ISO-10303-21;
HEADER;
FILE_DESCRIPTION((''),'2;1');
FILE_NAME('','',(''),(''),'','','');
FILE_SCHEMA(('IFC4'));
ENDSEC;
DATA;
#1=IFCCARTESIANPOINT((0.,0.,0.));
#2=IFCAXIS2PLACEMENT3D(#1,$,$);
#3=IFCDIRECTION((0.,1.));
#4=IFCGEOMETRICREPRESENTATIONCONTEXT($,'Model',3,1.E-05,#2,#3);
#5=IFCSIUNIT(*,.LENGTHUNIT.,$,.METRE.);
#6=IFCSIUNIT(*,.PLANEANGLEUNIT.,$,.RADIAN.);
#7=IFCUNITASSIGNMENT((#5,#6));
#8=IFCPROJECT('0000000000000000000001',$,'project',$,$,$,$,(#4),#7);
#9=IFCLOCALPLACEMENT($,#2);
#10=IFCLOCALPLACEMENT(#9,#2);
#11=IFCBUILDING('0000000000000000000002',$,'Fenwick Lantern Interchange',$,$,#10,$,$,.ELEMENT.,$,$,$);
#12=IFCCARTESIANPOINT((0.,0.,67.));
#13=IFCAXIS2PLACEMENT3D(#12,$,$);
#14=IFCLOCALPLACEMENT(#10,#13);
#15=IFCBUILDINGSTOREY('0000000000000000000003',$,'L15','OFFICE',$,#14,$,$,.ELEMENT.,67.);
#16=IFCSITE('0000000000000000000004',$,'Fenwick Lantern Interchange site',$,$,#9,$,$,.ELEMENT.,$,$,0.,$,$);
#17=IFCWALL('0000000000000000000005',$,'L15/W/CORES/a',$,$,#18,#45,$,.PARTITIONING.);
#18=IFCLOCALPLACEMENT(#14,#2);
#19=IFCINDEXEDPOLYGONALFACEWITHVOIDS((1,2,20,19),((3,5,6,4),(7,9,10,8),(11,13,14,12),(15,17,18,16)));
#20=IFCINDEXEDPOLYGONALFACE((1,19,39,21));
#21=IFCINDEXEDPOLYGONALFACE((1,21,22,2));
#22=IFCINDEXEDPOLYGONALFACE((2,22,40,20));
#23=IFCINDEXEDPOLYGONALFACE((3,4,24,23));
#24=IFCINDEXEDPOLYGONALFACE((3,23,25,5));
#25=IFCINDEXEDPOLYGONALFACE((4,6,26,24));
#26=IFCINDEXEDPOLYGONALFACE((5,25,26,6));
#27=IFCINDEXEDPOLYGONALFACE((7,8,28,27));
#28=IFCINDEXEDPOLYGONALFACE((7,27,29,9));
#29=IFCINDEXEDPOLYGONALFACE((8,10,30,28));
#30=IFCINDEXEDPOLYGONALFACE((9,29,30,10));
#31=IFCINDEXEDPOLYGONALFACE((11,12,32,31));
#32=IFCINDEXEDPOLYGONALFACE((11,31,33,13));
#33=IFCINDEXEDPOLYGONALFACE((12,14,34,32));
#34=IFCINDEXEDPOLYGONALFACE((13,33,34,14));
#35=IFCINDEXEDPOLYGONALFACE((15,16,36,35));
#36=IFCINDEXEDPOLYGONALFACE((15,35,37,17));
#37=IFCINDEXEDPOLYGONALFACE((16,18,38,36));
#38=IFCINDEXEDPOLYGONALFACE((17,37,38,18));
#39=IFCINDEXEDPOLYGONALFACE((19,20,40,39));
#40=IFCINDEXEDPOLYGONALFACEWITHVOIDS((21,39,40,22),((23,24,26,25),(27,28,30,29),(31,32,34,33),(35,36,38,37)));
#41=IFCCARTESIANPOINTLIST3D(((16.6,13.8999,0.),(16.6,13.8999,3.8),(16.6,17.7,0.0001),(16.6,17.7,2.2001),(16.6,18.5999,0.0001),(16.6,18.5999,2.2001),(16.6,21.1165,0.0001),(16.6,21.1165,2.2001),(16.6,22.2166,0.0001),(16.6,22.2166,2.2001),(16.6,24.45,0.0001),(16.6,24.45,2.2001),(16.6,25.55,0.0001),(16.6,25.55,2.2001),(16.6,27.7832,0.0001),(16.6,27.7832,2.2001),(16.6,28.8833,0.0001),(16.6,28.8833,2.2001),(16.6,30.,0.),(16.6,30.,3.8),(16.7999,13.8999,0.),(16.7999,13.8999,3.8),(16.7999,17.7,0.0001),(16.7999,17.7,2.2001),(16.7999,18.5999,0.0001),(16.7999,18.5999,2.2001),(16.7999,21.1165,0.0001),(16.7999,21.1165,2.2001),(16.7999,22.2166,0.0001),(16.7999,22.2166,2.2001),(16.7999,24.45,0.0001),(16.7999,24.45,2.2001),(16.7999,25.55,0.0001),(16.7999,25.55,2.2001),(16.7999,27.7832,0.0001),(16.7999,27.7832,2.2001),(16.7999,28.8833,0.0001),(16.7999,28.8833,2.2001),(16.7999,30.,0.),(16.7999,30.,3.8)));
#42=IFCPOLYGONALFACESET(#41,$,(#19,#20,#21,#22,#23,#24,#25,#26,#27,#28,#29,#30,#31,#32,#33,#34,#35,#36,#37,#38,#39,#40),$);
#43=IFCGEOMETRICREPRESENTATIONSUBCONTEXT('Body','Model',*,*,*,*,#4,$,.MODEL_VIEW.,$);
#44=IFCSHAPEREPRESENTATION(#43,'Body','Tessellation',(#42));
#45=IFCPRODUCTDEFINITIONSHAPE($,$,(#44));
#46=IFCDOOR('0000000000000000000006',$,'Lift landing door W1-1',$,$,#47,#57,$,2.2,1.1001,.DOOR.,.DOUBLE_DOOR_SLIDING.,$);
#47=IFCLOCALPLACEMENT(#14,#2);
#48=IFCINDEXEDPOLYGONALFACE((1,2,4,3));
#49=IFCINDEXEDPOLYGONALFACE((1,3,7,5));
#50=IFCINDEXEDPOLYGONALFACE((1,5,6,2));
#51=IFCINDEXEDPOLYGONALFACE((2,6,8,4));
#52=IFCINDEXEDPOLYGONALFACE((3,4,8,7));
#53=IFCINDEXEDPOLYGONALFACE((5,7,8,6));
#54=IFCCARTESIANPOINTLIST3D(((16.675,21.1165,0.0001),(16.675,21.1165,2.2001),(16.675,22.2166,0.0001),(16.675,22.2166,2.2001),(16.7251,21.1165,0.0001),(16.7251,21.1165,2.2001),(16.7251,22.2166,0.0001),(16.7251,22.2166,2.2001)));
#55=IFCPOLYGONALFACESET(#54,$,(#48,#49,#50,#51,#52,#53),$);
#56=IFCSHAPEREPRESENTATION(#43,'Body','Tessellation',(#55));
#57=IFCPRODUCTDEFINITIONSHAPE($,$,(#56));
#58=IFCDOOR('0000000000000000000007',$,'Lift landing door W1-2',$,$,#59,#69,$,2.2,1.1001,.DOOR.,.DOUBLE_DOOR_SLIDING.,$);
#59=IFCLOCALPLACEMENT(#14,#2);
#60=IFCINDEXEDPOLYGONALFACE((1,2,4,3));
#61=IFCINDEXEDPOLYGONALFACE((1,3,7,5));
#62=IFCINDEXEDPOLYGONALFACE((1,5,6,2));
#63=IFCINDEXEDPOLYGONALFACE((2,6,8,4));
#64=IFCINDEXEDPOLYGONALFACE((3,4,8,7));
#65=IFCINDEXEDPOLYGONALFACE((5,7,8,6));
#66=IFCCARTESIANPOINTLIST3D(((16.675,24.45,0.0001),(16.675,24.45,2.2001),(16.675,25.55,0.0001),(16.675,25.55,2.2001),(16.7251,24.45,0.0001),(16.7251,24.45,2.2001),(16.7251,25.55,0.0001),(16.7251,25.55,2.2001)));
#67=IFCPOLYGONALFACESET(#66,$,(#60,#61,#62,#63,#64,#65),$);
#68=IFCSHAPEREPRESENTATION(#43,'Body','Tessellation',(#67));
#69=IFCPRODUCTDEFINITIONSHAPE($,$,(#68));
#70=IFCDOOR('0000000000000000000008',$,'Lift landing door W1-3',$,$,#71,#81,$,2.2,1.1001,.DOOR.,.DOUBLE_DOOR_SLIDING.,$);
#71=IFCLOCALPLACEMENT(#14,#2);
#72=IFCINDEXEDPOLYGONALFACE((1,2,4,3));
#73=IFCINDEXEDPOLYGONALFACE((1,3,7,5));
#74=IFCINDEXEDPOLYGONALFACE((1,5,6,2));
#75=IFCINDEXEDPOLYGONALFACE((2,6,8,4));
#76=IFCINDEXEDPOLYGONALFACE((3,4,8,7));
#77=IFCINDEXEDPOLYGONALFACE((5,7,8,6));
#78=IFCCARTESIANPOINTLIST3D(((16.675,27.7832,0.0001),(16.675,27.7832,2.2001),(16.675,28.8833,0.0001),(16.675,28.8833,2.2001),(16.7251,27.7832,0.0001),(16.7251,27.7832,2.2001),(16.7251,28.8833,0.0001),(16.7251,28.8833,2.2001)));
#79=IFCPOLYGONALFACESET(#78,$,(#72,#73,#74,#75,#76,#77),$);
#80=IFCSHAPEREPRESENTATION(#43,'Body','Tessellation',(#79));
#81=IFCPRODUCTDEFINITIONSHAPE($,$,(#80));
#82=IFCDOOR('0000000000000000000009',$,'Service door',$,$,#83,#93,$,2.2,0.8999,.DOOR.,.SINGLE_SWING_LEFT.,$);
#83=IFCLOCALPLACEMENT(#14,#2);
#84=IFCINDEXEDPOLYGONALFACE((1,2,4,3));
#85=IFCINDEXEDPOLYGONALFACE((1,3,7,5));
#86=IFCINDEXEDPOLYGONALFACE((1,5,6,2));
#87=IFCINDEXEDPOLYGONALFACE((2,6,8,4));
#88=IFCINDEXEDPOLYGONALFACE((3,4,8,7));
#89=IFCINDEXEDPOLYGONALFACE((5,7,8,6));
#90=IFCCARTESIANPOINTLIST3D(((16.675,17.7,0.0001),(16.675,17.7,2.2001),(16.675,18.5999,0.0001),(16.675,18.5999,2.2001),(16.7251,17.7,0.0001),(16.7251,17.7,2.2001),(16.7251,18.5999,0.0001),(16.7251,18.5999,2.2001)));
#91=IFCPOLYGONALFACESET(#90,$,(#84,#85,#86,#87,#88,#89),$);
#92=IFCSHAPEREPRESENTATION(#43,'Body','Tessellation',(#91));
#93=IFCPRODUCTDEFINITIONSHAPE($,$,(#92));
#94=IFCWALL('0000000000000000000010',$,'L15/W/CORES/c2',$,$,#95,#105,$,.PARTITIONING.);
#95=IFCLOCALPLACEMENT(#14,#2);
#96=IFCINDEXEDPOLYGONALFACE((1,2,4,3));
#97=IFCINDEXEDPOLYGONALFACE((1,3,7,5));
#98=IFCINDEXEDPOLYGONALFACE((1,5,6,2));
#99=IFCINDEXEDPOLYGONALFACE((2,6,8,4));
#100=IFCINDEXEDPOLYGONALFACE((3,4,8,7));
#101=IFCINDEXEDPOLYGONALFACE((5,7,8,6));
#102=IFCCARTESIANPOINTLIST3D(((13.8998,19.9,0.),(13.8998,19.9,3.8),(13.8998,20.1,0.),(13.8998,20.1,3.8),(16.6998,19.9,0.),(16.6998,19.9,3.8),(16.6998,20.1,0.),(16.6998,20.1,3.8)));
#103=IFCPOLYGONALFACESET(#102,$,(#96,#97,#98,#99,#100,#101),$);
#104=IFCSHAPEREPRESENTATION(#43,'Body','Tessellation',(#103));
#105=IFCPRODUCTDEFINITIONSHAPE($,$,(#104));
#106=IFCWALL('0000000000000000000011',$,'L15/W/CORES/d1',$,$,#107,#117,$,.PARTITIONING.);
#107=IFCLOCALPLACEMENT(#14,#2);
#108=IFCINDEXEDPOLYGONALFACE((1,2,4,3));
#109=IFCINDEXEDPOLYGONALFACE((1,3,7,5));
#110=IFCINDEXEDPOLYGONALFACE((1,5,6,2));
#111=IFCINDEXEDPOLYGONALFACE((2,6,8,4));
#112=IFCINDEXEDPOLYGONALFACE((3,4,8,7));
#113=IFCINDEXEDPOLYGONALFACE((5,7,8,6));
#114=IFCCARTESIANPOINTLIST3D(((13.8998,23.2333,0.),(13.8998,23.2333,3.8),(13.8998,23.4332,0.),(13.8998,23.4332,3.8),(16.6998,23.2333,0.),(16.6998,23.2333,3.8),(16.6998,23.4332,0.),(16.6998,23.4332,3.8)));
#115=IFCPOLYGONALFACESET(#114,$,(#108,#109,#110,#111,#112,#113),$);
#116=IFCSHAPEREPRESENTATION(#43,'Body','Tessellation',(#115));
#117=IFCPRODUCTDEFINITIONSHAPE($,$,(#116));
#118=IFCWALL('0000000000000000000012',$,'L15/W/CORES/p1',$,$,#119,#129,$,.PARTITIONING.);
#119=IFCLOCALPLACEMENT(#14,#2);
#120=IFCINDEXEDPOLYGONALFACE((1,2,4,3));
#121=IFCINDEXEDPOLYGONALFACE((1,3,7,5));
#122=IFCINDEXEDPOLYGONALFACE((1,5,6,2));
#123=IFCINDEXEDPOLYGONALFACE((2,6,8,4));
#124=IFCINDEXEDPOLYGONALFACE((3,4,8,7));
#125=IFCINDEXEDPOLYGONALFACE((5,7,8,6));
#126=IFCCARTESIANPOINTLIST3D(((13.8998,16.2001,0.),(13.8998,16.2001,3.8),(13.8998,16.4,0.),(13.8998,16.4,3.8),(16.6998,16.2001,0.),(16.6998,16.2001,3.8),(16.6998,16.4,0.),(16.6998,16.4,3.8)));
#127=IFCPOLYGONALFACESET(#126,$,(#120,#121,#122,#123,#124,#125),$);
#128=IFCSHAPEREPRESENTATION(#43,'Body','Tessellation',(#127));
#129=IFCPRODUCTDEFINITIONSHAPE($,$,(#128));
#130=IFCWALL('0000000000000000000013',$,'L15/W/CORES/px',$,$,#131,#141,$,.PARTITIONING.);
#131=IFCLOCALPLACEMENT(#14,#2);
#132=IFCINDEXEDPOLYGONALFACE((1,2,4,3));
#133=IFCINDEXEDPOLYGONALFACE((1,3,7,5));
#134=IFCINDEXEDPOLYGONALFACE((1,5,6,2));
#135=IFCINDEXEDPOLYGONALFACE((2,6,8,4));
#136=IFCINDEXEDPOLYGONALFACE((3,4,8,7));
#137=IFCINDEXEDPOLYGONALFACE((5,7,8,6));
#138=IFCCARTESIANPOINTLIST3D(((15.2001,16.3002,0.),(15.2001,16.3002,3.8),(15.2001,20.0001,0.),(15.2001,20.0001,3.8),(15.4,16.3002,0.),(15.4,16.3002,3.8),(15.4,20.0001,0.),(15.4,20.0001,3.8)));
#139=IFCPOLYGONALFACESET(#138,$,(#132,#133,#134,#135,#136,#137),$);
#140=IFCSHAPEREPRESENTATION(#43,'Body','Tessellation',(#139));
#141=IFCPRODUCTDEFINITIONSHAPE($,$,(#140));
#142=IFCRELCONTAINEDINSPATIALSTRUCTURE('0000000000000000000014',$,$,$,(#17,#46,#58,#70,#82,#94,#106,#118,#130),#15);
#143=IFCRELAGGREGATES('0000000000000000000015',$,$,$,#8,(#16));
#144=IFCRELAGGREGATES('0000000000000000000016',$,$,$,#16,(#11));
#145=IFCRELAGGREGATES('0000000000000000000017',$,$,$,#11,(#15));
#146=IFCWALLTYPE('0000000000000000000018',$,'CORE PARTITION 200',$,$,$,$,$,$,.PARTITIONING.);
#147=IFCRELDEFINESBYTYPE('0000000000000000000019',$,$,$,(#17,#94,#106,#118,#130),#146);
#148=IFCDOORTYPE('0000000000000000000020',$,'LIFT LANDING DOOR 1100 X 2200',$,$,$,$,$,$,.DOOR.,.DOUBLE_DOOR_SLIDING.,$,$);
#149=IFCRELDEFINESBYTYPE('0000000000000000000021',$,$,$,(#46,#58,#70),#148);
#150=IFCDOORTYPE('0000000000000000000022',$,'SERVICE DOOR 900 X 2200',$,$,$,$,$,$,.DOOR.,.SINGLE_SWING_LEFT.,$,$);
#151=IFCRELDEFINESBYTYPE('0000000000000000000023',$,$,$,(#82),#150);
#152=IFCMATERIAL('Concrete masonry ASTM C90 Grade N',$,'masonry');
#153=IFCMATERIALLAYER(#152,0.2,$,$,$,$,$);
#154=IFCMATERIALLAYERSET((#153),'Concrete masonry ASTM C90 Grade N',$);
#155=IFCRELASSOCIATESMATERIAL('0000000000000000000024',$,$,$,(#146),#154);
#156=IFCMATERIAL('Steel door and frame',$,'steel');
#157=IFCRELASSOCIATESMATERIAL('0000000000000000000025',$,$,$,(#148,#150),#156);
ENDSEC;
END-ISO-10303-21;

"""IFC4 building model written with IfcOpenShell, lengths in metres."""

from ifc_helpers import new_model, si_unit, direction, frame, frame_2d, origin, place, context, subcontext, project, spatial, rectangle, extrude, material, layer, layer_set, type_object, element, fill, save


model = new_model("IFC4")

# Units and contexts
model_context = context("Model", 3, precision=1e-05, world=origin(), true_north=direction((0.0, 1.0)))
body_context = subcontext(model_context, "Body", "Model", "MODEL_VIEW")
ifc_project = project(units=[si_unit("LENGTHUNIT", "METRE"), si_unit("PLANEANGLEUNIT", "RADIAN")], contexts=[model_context])

# Site, building, storey
site_placement = place(None, origin())
site = spatial("IfcSite", under=ifc_project, at=site_placement, Name="Fenwick Lantern Interchange site", CompositionType="ELEMENT", RefElevation=0.0)
building_placement = place(site_placement, origin())
building = spatial("IfcBuilding", under=site, at=building_placement, Name="Fenwick Lantern Interchange", CompositionType="ELEMENT")
storey_placement = place(building_placement, frame((0.0, 0.0, 67.0)))
storey = spatial("IfcBuildingStorey", under=building, at=storey_placement, Name="L15", Description="OFFICE", CompositionType="ELEMENT", Elevation=67.0)

# Wall, openings, doors
ifc_material_1 = material(Name="Concrete masonry ASTM C90 Grade N", Category="masonry")
ifc_layer_1 = layer(ifc_material_1, 0.2)
ifc_layer_set_1 = layer_set([ifc_layer_1], Name="Concrete masonry ASTM C90 Grade N")
wall_type_1 = type_object("IfcWallType", Name="CORE PARTITION 200", PredefinedType="PARTITIONING", material=ifc_layer_set_1)
wall_1_placement = place(storey_placement, frame((16.7, 13.8999, 0.0), z_axis=(0.0, 0.0, 1.0), x_axis=(0.0, 1.0, 0.0)))
wall_1 = element("IfcWall", 1, at=wall_1_placement, inside=storey, type_object=wall_type_1, Name="L15/W/CORES/a", PredefinedType="PARTITIONING", context=body_context, shape_type="SweptSolid", body=[
    extrude(rectangle(XDim=16.1001, YDim=0.2, at=frame_2d((8.05, 0.0))), origin(), (0.0, 0.0, 1.0), 3.8),
])
opening_1_placement = place(wall_1_placement, frame((3.8, 0.0, 0.0)))
opening_1 = element("IfcOpeningElement", 2, at=opening_1_placement, cuts=wall_1, PredefinedType="OPENING", context=body_context, shape_type="SweptSolid", body=[
    extrude(rectangle(XDim=0.8999, YDim=2.2, at=frame_2d((0.45, 1.1001))), frame((0.0, 0.1099, 0.0), z_axis=(0.0, -1.0, 0.0), x_axis=(1.0, 0.0, 0.0)), (0.0, 0.0, 1.0), 0.22),
])
opening_2_placement = place(wall_1_placement, frame((7.2166, 0.0, 0.0)))
opening_2 = element("IfcOpeningElement", 3, at=opening_2_placement, cuts=wall_1, PredefinedType="OPENING", context=body_context, shape_type="SweptSolid", body=[
    extrude(rectangle(XDim=1.1001, YDim=2.2, at=frame_2d((0.55, 1.1001))), frame((0.0, 0.1099, 0.0), z_axis=(0.0, -1.0, 0.0), x_axis=(1.0, 0.0, 0.0)), (0.0, 0.0, 1.0), 0.22),
])
opening_3_placement = place(wall_1_placement, frame((10.55, 0.0, 0.0)))
opening_3 = element("IfcOpeningElement", 4, at=opening_3_placement, cuts=wall_1, PredefinedType="OPENING", context=body_context, shape_type="SweptSolid", body=[
    extrude(rectangle(XDim=1.1001, YDim=2.2, at=frame_2d((0.55, 1.1001))), frame((0.0, 0.1099, 0.0), z_axis=(0.0, -1.0, 0.0), x_axis=(1.0, 0.0, 0.0)), (0.0, 0.0, 1.0), 0.22),
])
opening_4_placement = place(wall_1_placement, frame((13.8833, 0.0, 0.0)))
opening_4 = element("IfcOpeningElement", 5, at=opening_4_placement, cuts=wall_1, PredefinedType="OPENING", context=body_context, shape_type="SweptSolid", body=[
    extrude(rectangle(XDim=1.1001, YDim=2.2, at=frame_2d((0.55, 1.1001))), frame((0.0, 0.1099, 0.0), z_axis=(0.0, -1.0, 0.0), x_axis=(1.0, 0.0, 0.0)), (0.0, 0.0, 1.0), 0.22),
])
ifc_material_2 = material(Name="Steel door and frame", Category="steel")
door_type_1 = type_object("IfcDoorType", Name="LIFT LANDING DOOR 1100 X 2200", OperationType="DOUBLE_DOOR_SLIDING", PredefinedType="DOOR", material=ifc_material_2)
door_1_placement = place(opening_2_placement, origin())
door_1 = element("IfcDoor", 6, at=door_1_placement, inside=storey, type_object=door_type_1, Name="Lift landing door W1-1", OperationType="DOUBLE_DOOR_SLIDING", OverallHeight=2.2, OverallWidth=1.1001, PredefinedType="DOOR", context=body_context, shape_type="SweptSolid", body=[
    extrude(rectangle(XDim=1.1001, YDim=2.2, at=frame_2d((0.55, 1.1001))), frame((0.0, 0.0249, 0.0), z_axis=(0.0, -1.0, 0.0), x_axis=(1.0, 0.0, 0.0)), (0.0, 0.0, 1.0), 0.05),
])
fill(opening_2, door_1)
door_2_placement = place(opening_3_placement, origin())
door_2 = element("IfcDoor", 7, at=door_2_placement, inside=storey, type_object=door_type_1, Name="Lift landing door W1-2", OperationType="DOUBLE_DOOR_SLIDING", OverallHeight=2.2, OverallWidth=1.1001, PredefinedType="DOOR", context=body_context, shape_type="SweptSolid", body=[
    extrude(rectangle(XDim=1.1001, YDim=2.2, at=frame_2d((0.55, 1.1001))), frame((0.0, 0.0249, 0.0), z_axis=(0.0, -1.0, 0.0), x_axis=(1.0, 0.0, 0.0)), (0.0, 0.0, 1.0), 0.05),
])
fill(opening_3, door_2)
door_3_placement = place(opening_4_placement, origin())
door_3 = element("IfcDoor", 8, at=door_3_placement, inside=storey, type_object=door_type_1, Name="Lift landing door W1-3", OperationType="DOUBLE_DOOR_SLIDING", OverallHeight=2.2, OverallWidth=1.1001, PredefinedType="DOOR", context=body_context, shape_type="SweptSolid", body=[
    extrude(rectangle(XDim=1.1001, YDim=2.2, at=frame_2d((0.55, 1.1001))), frame((0.0, 0.0249, 0.0), z_axis=(0.0, -1.0, 0.0), x_axis=(1.0, 0.0, 0.0)), (0.0, 0.0, 1.0), 0.05),
])
fill(opening_4, door_3)
door_type_2 = type_object("IfcDoorType", Name="SERVICE DOOR 900 X 2200", OperationType="SINGLE_SWING_LEFT", PredefinedType="DOOR", material=ifc_material_2)
door_4_placement = place(opening_1_placement, origin())
door_4 = element("IfcDoor", 9, at=door_4_placement, inside=storey, type_object=door_type_2, Name="Service door", OperationType="SINGLE_SWING_LEFT", OverallHeight=2.2, OverallWidth=0.8999, PredefinedType="DOOR", context=body_context, shape_type="SweptSolid", body=[
    extrude(rectangle(XDim=0.8999, YDim=2.2, at=frame_2d((0.45, 1.1001))), frame((0.0, 0.0249, 0.0), z_axis=(0.0, -1.0, 0.0), x_axis=(1.0, 0.0, 0.0)), (0.0, 0.0, 1.0), 0.05),
])
fill(opening_1, door_4)

# Walls
for number, where, z_axis, x_axis, name in (
    (10, (13.8999, 20.0, 0.0), (0.0, 0.0, 1.0), (1.0, 0.0, 0.0), "L15/W/CORES/c2"),
    (11, (13.8999, 23.3333, 0.0), (0.0, 0.0, 1.0), (1.0, 0.0, 0.0), "L15/W/CORES/d1"),
    (12, (13.8999, 16.3, 0.0), (0.0, 0.0, 1.0), (1.0, 0.0, 0.0), "L15/W/CORES/p1"),
):
    element("IfcWall", number, at=place(storey_placement, frame(where, z_axis=z_axis, x_axis=x_axis)), inside=storey, type_object=wall_type_1, Name=name, PredefinedType="PARTITIONING", context=body_context, shape_type="SweptSolid", body=[
        extrude(rectangle(XDim=2.8, YDim=0.2, at=frame_2d((1.3999, 0.0))), origin(), (0.0, 0.0, 1.0), 3.8),
    ])
wall_2_placement = place(storey_placement, frame((15.3, 16.3, 0.0), z_axis=(0.0, 0.0, 1.0), x_axis=(0.0, 1.0, 0.0)))
element("IfcWall", 13, at=wall_2_placement, inside=storey, type_object=wall_type_1, Name="L15/W/CORES/px", PredefinedType="PARTITIONING", context=body_context, shape_type="SweptSolid", body=[
    extrude(rectangle(XDim=3.7, YDim=0.2, at=frame_2d((1.8501, 0.0))), origin(), (0.0, 0.0, 1.0), 3.8),
])

save(model, "model.ifc")
